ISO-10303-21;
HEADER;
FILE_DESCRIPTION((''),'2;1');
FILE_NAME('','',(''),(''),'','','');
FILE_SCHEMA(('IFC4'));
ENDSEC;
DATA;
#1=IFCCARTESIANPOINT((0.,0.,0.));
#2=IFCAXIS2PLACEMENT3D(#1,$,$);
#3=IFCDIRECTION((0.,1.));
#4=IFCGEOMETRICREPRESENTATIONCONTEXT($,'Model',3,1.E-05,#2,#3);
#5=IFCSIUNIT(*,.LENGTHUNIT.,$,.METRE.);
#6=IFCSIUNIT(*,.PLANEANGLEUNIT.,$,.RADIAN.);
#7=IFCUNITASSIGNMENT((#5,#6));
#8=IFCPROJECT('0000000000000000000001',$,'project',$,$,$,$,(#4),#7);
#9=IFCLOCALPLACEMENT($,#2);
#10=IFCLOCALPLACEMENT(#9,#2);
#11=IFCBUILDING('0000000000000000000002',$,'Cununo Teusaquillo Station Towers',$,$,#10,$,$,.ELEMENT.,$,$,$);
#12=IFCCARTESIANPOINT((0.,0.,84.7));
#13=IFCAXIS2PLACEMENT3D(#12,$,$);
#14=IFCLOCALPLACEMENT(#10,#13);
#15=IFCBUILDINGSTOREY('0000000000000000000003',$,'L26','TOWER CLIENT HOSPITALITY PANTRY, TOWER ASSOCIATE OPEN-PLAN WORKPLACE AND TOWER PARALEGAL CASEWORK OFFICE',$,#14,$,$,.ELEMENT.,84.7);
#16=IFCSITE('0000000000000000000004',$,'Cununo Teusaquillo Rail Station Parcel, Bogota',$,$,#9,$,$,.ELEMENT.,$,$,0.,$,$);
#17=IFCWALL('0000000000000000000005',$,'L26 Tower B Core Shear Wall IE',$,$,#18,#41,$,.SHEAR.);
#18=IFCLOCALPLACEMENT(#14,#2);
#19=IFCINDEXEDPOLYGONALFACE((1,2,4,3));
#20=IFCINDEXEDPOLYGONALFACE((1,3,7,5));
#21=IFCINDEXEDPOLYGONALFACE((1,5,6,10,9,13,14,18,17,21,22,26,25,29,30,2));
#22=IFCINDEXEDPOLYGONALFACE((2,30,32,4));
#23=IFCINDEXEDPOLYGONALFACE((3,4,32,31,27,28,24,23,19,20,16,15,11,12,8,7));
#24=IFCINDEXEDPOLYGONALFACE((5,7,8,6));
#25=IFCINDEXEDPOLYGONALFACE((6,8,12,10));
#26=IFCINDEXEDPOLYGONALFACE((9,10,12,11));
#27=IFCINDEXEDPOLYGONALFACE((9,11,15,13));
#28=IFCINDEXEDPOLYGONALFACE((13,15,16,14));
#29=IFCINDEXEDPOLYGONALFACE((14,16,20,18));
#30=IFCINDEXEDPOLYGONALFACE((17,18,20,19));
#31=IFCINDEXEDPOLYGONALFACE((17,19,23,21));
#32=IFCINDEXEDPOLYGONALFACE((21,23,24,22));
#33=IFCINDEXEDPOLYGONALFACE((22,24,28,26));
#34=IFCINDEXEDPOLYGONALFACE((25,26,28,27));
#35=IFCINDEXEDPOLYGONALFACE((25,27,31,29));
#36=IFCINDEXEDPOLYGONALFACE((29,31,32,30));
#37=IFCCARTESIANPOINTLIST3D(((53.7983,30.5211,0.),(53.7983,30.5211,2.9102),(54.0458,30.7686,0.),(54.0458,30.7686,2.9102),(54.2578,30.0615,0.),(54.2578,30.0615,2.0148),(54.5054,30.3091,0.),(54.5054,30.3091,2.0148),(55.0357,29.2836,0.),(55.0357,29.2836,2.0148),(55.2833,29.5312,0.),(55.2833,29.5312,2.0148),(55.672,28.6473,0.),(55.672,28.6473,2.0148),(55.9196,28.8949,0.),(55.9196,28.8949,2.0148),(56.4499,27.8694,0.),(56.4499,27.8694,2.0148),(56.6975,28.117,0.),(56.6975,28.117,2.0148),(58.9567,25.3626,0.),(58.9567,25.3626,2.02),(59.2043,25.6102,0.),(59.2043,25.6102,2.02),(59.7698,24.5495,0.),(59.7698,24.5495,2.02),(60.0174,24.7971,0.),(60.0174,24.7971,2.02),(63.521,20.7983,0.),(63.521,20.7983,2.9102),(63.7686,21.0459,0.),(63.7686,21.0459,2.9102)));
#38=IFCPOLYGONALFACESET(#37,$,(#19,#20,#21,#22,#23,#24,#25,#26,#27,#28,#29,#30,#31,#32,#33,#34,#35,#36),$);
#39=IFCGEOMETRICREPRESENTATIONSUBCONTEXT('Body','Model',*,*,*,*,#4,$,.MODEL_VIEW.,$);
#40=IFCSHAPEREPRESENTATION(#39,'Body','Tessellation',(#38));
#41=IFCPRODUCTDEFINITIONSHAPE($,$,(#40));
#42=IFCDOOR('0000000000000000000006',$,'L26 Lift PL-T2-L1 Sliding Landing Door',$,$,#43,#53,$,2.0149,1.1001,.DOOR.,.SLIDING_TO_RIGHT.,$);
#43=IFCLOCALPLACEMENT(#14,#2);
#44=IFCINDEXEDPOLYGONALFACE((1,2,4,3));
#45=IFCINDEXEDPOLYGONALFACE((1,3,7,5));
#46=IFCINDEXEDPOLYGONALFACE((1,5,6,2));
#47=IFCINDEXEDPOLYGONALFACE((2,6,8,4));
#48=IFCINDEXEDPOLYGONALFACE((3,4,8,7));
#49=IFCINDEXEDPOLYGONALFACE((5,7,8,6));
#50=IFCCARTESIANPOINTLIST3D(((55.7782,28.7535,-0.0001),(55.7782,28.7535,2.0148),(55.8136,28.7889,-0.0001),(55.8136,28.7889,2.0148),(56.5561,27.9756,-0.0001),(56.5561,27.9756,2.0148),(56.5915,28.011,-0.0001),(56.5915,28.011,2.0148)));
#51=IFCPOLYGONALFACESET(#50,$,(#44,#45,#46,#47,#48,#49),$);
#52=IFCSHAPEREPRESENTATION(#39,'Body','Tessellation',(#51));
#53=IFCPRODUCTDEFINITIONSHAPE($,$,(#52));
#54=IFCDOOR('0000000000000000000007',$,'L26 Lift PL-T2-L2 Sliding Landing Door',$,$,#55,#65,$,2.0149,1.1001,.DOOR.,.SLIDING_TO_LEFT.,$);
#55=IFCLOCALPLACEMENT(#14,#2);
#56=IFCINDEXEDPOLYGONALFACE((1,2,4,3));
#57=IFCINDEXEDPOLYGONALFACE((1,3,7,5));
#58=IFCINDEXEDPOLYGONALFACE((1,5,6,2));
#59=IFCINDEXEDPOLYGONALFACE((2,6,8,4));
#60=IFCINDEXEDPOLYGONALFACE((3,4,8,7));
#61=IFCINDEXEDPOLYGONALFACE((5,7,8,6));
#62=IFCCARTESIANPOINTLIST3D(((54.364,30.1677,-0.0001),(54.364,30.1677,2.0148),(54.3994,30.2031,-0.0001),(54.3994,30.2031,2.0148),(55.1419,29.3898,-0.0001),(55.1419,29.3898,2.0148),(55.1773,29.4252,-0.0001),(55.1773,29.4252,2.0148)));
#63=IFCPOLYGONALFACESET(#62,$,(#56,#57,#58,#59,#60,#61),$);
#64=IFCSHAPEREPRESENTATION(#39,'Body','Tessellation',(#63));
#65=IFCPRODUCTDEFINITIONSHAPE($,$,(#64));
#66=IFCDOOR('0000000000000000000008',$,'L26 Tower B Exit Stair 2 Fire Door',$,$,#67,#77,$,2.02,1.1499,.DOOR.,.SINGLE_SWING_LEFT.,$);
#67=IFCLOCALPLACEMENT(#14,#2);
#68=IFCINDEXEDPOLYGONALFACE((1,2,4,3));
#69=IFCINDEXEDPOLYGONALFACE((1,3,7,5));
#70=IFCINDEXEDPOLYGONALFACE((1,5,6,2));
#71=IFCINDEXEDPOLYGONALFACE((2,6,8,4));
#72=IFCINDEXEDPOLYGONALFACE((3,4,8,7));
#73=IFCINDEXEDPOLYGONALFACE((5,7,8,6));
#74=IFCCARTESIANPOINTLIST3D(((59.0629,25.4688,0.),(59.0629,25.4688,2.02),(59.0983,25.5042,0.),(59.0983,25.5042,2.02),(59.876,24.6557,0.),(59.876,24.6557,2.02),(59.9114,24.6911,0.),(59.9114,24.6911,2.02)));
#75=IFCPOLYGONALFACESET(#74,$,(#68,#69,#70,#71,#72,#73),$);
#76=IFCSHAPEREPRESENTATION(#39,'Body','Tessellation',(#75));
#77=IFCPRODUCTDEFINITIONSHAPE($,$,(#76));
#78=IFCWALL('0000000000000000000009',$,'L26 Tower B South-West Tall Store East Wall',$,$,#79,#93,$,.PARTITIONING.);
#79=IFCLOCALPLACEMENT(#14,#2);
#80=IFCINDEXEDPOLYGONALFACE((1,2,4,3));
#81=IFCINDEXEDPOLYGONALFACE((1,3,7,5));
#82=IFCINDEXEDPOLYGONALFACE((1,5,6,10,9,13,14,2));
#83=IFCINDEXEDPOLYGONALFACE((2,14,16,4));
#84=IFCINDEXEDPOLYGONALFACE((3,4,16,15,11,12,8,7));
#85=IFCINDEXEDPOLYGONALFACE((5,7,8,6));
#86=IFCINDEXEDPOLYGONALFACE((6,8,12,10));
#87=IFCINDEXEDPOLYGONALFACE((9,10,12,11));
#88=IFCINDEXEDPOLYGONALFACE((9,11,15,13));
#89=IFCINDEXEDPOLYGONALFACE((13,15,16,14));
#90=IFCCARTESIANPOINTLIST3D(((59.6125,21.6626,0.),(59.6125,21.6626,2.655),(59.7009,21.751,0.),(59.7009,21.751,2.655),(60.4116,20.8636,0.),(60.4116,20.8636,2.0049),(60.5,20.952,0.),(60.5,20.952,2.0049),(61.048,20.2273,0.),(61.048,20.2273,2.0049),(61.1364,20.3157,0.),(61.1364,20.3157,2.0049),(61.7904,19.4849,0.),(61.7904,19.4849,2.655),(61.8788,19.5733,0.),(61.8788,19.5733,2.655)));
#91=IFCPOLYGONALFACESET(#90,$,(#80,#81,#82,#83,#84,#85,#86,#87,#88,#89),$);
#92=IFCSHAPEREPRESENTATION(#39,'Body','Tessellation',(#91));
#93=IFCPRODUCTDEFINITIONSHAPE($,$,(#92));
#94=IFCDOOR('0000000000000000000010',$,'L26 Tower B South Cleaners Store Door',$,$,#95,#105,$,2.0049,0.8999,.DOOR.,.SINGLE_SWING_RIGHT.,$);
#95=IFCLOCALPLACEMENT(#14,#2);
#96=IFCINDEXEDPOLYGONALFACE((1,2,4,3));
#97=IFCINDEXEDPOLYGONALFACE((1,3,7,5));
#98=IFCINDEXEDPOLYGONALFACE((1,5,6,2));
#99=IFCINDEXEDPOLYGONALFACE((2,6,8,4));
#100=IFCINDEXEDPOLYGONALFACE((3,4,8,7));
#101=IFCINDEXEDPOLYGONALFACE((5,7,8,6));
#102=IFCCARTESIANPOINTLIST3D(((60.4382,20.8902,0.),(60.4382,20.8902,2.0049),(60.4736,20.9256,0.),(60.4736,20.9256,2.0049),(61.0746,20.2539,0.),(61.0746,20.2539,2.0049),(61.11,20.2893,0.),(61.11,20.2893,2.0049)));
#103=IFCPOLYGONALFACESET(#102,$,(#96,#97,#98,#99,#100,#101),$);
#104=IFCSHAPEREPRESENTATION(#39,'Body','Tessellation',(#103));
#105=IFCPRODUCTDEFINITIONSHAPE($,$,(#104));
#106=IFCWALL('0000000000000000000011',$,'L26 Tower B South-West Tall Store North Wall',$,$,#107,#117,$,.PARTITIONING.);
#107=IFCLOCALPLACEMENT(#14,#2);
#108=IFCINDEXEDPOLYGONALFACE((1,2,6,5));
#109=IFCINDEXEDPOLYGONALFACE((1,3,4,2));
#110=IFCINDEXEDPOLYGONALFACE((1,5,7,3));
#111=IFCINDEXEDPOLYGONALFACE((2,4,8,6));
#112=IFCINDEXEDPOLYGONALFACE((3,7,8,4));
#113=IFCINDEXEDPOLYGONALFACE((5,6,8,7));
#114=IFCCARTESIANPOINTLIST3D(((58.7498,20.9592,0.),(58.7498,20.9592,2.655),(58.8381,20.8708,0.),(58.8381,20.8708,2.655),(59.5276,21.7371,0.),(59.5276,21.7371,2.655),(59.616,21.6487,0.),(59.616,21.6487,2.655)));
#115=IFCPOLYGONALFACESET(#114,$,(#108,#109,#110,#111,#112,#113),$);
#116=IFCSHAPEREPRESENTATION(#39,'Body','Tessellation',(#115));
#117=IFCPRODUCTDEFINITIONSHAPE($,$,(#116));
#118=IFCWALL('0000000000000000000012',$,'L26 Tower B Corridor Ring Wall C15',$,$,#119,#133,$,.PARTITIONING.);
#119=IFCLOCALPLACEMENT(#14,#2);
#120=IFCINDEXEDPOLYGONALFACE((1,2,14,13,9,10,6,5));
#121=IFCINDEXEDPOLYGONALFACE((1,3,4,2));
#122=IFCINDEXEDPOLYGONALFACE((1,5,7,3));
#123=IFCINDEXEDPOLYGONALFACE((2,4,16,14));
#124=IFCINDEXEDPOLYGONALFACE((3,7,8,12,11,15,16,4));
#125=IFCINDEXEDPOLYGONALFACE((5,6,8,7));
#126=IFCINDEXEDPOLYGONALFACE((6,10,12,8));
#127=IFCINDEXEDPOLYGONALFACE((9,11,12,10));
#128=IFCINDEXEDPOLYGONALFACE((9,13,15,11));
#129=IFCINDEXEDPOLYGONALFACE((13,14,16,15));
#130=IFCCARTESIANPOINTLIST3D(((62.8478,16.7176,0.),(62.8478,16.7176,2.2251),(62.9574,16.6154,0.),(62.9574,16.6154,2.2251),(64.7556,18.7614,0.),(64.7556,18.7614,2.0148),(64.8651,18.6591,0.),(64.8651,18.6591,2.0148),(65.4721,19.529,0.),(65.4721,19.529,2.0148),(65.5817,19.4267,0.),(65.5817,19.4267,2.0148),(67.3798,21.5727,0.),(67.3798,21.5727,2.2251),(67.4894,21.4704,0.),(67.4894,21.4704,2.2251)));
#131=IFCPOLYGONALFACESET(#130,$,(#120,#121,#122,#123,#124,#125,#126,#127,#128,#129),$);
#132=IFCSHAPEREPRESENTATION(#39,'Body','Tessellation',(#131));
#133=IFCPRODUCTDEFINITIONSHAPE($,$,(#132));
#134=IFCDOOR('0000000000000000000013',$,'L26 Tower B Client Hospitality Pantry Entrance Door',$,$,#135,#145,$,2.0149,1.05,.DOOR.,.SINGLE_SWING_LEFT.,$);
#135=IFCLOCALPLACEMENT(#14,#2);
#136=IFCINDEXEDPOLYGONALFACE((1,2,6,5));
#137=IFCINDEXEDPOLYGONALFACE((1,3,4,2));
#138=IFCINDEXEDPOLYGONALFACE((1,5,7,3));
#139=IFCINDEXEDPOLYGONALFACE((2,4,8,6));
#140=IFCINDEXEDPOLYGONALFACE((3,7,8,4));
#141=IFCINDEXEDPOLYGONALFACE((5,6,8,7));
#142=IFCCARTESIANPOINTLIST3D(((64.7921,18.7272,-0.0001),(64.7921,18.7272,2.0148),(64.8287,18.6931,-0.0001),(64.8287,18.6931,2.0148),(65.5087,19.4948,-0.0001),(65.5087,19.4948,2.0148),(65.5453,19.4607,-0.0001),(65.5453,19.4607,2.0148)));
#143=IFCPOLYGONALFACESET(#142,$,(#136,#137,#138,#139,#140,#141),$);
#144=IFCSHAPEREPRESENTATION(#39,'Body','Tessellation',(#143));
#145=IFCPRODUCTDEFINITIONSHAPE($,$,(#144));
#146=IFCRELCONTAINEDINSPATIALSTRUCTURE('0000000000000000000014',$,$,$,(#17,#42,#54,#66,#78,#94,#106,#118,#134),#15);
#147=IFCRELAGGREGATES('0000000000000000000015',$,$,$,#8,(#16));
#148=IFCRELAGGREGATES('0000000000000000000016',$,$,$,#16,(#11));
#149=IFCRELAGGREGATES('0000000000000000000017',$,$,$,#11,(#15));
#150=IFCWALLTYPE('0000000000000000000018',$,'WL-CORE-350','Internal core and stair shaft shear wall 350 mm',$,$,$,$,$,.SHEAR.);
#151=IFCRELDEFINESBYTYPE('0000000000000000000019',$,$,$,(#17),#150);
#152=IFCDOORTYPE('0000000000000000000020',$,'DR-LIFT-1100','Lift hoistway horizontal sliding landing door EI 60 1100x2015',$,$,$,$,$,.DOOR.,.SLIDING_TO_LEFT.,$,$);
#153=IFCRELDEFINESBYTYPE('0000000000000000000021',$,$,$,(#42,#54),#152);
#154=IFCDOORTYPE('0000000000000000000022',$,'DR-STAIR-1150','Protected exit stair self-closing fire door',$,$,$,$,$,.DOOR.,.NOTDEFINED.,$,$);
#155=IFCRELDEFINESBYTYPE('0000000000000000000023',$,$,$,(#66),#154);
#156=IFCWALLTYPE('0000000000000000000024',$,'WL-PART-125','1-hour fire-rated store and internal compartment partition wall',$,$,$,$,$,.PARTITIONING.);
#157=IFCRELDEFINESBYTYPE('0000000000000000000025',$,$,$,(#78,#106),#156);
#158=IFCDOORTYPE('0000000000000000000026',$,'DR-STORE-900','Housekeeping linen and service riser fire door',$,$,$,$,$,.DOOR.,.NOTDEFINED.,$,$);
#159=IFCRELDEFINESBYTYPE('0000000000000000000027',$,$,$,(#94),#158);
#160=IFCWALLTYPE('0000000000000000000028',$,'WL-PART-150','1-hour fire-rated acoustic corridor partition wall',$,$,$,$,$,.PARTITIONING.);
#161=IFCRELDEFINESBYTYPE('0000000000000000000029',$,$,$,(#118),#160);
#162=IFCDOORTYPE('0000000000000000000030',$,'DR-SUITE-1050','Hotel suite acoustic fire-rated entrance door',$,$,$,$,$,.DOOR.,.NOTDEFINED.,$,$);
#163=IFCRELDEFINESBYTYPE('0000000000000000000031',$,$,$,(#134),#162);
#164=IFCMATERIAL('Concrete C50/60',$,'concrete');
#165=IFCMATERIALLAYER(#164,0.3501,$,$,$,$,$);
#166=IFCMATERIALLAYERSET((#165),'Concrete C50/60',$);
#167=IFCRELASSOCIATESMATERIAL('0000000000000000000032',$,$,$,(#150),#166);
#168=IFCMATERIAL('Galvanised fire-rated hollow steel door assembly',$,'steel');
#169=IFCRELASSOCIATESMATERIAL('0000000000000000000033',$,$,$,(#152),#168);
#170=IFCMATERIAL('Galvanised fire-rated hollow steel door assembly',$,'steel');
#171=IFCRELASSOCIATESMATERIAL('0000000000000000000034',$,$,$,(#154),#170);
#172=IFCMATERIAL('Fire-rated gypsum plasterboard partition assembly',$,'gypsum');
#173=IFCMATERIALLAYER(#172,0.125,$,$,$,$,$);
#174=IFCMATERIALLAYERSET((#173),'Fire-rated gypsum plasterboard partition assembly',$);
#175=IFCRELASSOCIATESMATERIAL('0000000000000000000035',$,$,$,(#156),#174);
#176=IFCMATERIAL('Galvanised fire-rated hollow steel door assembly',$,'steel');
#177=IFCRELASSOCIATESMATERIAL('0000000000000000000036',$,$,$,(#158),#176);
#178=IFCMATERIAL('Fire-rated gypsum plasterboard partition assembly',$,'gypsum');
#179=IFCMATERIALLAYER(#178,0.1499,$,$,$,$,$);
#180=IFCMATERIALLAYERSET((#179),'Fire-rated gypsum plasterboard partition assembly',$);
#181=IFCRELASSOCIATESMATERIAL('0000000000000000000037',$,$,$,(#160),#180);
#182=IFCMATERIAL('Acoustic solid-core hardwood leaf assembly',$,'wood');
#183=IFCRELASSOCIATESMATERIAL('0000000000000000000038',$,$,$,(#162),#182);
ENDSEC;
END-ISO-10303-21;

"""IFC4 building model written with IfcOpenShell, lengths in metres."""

from ifc_helpers import new_model, si_unit, direction, frame, frame_2d, origin, place, context, subcontext, project, spatial, rectangle, extrude, source, transform, mapped, material, layer, layer_set, type_object, element, fill, save


model = new_model("IFC4")

# Units and contexts
model_context = context("Model", 3, precision=1e-05, world=origin(), true_north=direction((0.0, 1.0)))
body_context = subcontext(model_context, "Body", "Model", "MODEL_VIEW")
ifc_project = project(units=[si_unit("LENGTHUNIT", "METRE"), si_unit("PLANEANGLEUNIT", "RADIAN")], contexts=[model_context])

# Site, building, storey
site_placement = place(None, origin())
site = spatial("IfcSite", under=ifc_project, at=site_placement, Name="Cununo Teusaquillo Rail Station Parcel, Bogota", CompositionType="ELEMENT", RefElevation=0.0)
building_placement = place(site_placement, origin())
building = spatial("IfcBuilding", under=site, at=building_placement, Name="Cununo Teusaquillo Station Towers", CompositionType="ELEMENT")
storey_placement = place(building_placement, frame((0.0, 0.0, 84.7)))
storey = spatial("IfcBuildingStorey", under=building, at=storey_placement, Name="L26", Description="TOWER CLIENT HOSPITALITY PANTRY, TOWER ASSOCIATE OPEN-PLAN WORKPLACE AND TOWER PARALEGAL CASEWORK OFFICE", CompositionType="ELEMENT", Elevation=84.7)

# Wall, openings, doors
ifc_material_1 = material(Name="Concrete C50/60", Category="concrete")
ifc_layer_1 = layer(ifc_material_1, 0.3501)
ifc_layer_set_1 = layer_set([ifc_layer_1], Name="Concrete C50/60")
wall_type_1 = type_object("IfcWallType", Name="WL-CORE-350", Description="Internal core and stair shaft shear wall 350 mm", PredefinedType="SHEAR", material=ifc_layer_set_1)
shared_shape_1 = source(origin(), body_context, "Body", "SweptSolid", [
    extrude(rectangle(XDim=1.1001, YDim=2.0149, at=frame_2d((0.55, 1.0073))), frame((0.0, 0.1851, 0.0), z_axis=(0.0, -1.0, 0.0), x_axis=(1.0, 0.0, 0.0)), (0.0, 0.0, 1.0), 0.3701),
])
shared_shape_2 = source(origin(), body_context, "Body", "SweptSolid", [
    extrude(rectangle(XDim=1.1499, YDim=2.02, at=frame_2d((0.575, 1.01))), frame((0.0, 0.1851, 0.0), z_axis=(0.0, -1.0, 0.0), x_axis=(1.0, 0.0, 0.0)), (0.0, 0.0, 1.0), 0.3701),
])
ifc_material_2 = material(Name="Galvanised fire-rated hollow steel door assembly", Category="steel")
door_type_1 = type_object("IfcDoorType", Name="DR-LIFT-1100", Description="Lift hoistway horizontal sliding landing door EI 60 1100x2015", OperationType="SLIDING_TO_LEFT", PredefinedType="DOOR", material=ifc_material_2)
shared_shape_3 = source(origin(), body_context, "Body", "SweptSolid", [
    extrude(rectangle(XDim=1.1001, YDim=2.0149, at=frame_2d((0.55, 1.0073))), frame((0.0, 0.0249, 0.0), z_axis=(0.0, -1.0, 0.0), x_axis=(1.0, 0.0, 0.0)), (0.0, 0.0, 1.0), 0.05),
])
ifc_material_3 = material(Name="Galvanised fire-rated hollow steel door assembly", Category="steel")
door_type_2 = type_object("IfcDoorType", Name="DR-STAIR-1150", Description="Protected exit stair self-closing fire door", OperationType="NOTDEFINED", PredefinedType="DOOR", material=ifc_material_3)
shared_shape_4 = source(origin(), body_context, "Body", "SweptSolid", [
    extrude(rectangle(XDim=1.1499, YDim=2.02, at=frame_2d((0.575, 1.01))), frame((0.0, 0.0249, 0.0), z_axis=(0.0, -1.0, 0.0), x_axis=(1.0, 0.0, 0.0)), (0.0, 0.0, 1.0), 0.05),
])
wall_1_placement = place(storey_placement, frame((63.6448, 20.9221, 0.0), z_axis=(0.0, 0.0, 1.0), x_axis=(-0.707107, 0.707107, 0.0)))
wall_1 = element("IfcWall", 1, at=wall_1_placement, inside=storey, type_object=wall_type_1, Name="L26 Tower B Core Shear Wall IE", PredefinedType="SHEAR", context=body_context, shape_type="SweptSolid", body=[
    extrude(rectangle(XDim=13.75, YDim=0.3501, at=frame_2d((6.875, 0.0))), origin(), (0.0, 0.0, 1.0), 2.9102),
])
opening_1_placement = place(wall_1_placement, frame((10.0, 0.0, 0.0)))
opening_1 = element("IfcOpeningElement", 2, at=opening_1_placement, cuts=wall_1, PredefinedType="OPENING", context=body_context, shape_type="MappedRepresentation", body=[
    mapped(shared_shape_1, transform((0.0, 0.0, 0.0), x_axis=(1.0, 0.0, 0.0), y_axis=(0.0, 1.0, 0.0), z_axis=(0.0, 0.0, 1.0), scale=1.0)),
])
opening_2_placement = place(wall_1_placement, frame((12.0, 0.0, 0.0)))
opening_2 = element("IfcOpeningElement", 3, at=opening_2_placement, cuts=wall_1, PredefinedType="OPENING", context=body_context, shape_type="MappedRepresentation", body=[
    mapped(shared_shape_1, transform((0.0, 0.0, 0.0), x_axis=(1.0, 0.0, 0.0), y_axis=(0.0, 1.0, 0.0), z_axis=(0.0, 0.0, 1.0), scale=1.0)),
])
opening_3_placement = place(wall_1_placement, frame((5.3049, 0.0, 0.0)))
opening_3 = element("IfcOpeningElement", 4, at=opening_3_placement, cuts=wall_1, PredefinedType="OPENING", context=body_context, shape_type="MappedRepresentation", body=[
    mapped(shared_shape_2, transform((0.0, 0.0, 0.0), x_axis=(1.0, 0.0, 0.0), y_axis=(0.0, 1.0, 0.0), z_axis=(0.0, 0.0, 1.0), scale=1.0)),
])
door_1_placement = place(opening_1_placement, origin())
door_1 = element("IfcDoor", 5, at=door_1_placement, inside=storey, type_object=door_type_1, Name="L26 Lift PL-T2-L1 Sliding Landing Door", OperationType="SLIDING_TO_RIGHT", OverallHeight=2.0149, OverallWidth=1.1001, PredefinedType="DOOR", context=body_context, shape_type="MappedRepresentation", body=[
    mapped(shared_shape_3, transform((0.0, 0.0, 0.0), x_axis=(1.0, 0.0, 0.0), y_axis=(0.0, 1.0, 0.0), z_axis=(0.0, 0.0, 1.0), scale=1.0)),
])
fill(opening_1, door_1)
door_2_placement = place(opening_2_placement, origin())
door_2 = element("IfcDoor", 6, at=door_2_placement, inside=storey, type_object=door_type_1, Name="L26 Lift PL-T2-L2 Sliding Landing Door", OperationType="SLIDING_TO_LEFT", OverallHeight=2.0149, OverallWidth=1.1001, PredefinedType="DOOR", context=body_context, shape_type="MappedRepresentation", body=[
    mapped(shared_shape_3, transform((0.0, 0.0, 0.0), x_axis=(1.0, 0.0, 0.0), y_axis=(0.0, 1.0, 0.0), z_axis=(0.0, 0.0, 1.0), scale=1.0)),
])
fill(opening_2, door_2)
door_3_placement = place(opening_3_placement, origin())
door_3 = element("IfcDoor", 7, at=door_3_placement, inside=storey, type_object=door_type_2, Name="L26 Tower B Exit Stair 2 Fire Door", OperationType="SINGLE_SWING_LEFT", OverallHeight=2.02, OverallWidth=1.1499, PredefinedType="DOOR", context=body_context, shape_type="MappedRepresentation", body=[
    mapped(shared_shape_4, transform((0.0, 0.0, 0.0), x_axis=(1.0, 0.0, 0.0), y_axis=(0.0, 1.0, 0.0), z_axis=(0.0, 0.0, 1.0), scale=1.0)),
])
fill(opening_3, door_3)

# Wall, opening, door
ifc_material_4 = material(Name="Fire-rated gypsum plasterboard partition assembly", Category="gypsum")
ifc_layer_2 = layer(ifc_material_4, 0.125)
ifc_layer_set_2 = layer_set([ifc_layer_2], Name="Fire-rated gypsum plasterboard partition assembly")
wall_type_2 = type_object("IfcWallType", Name="WL-PART-125", Description="1-hour fire-rated store and internal compartment partition wall", PredefinedType="PARTITIONING", material=ifc_layer_set_2)
wall_2_placement = place(storey_placement, frame((61.8347, 19.5291, 0.0), z_axis=(0.0, 0.0, 1.0), x_axis=(-0.707146, 0.707067, 0.0)))
wall_2 = element("IfcWall", 8, at=wall_2_placement, inside=storey, type_object=wall_type_2, Name="L26 Tower B South-West Tall Store East Wall", PredefinedType="PARTITIONING", context=body_context, shape_type="SweptSolid", body=[
    extrude(rectangle(XDim=3.0798, YDim=0.125, at=frame_2d((1.54, 0.0))), origin(), (0.0, 0.0, 1.0), 2.655),
])
shared_shape_5 = source(origin(), body_context, "Body", "SweptSolid", [
    extrude(rectangle(XDim=0.8999, YDim=2.0049, at=frame_2d((0.45, 1.0024))), frame((0.0, 0.0725, 0.0), z_axis=(0.0, -1.0, 0.0), x_axis=(1.0, 0.0, 0.0)), (0.0, 0.0, 1.0), 0.145),
])
opening_4_placement = place(wall_2_placement, frame((1.05, 0.0, 0.0)))
opening_4 = element("IfcOpeningElement", 9, at=opening_4_placement, cuts=wall_2, PredefinedType="OPENING", context=body_context, shape_type="MappedRepresentation", body=[
    mapped(shared_shape_5, transform((0.0, 0.0, 0.0), x_axis=(1.0, 0.0, 0.0), y_axis=(0.0, 1.0, 0.0), z_axis=(0.0, 0.0, 1.0), scale=1.0)),
])
ifc_material_5 = material(Name="Galvanised fire-rated hollow steel door assembly", Category="steel")
door_type_3 = type_object("IfcDoorType", Name="DR-STORE-900", Description="Housekeeping linen and service riser fire door", OperationType="NOTDEFINED", PredefinedType="DOOR", material=ifc_material_5)
shared_shape_6 = source(origin(), body_context, "Body", "SweptSolid", [
    extrude(rectangle(XDim=0.8999, YDim=2.0049, at=frame_2d((0.45, 1.0024))), frame((0.0, 0.0249, 0.0), z_axis=(0.0, -1.0, 0.0), x_axis=(1.0, 0.0, 0.0)), (0.0, 0.0, 1.0), 0.05),
])
door_4_placement = place(opening_4_placement, origin())
door_4 = element("IfcDoor", 10, at=door_4_placement, inside=storey, type_object=door_type_3, Name="L26 Tower B South Cleaners Store Door", OperationType="SINGLE_SWING_RIGHT", OverallHeight=2.0049, OverallWidth=0.8999, PredefinedType="DOOR", context=body_context, shape_type="MappedRepresentation", body=[
    mapped(shared_shape_6, transform((0.0, 0.0, 0.0), x_axis=(1.0, 0.0, 0.0), y_axis=(0.0, 1.0, 0.0), z_axis=(0.0, 0.0, 1.0), scale=1.0)),
])
fill(opening_4, door_4)

# Wall
wall_3_placement = place(storey_placement, frame((58.7939, 20.915, 0.0), z_axis=(0.0, 0.0, 1.0), x_axis=(0.707107, 0.707107, 0.0)))
element("IfcWall", 11, at=wall_3_placement, inside=storey, type_object=wall_type_2, Name="L26 Tower B South-West Tall Store North Wall", PredefinedType="PARTITIONING", context=body_context, shape_type="SweptSolid", body=[
    extrude(rectangle(XDim=1.1001, YDim=0.125, at=frame_2d((0.55, 0.0))), origin(), (0.0, 0.0, 1.0), 2.655),
])

# Wall, opening, door
ifc_material_6 = material(Name="Fire-rated gypsum plasterboard partition assembly", Category="gypsum")
ifc_layer_3 = layer(ifc_material_6, 0.1499)
ifc_layer_set_3 = layer_set([ifc_layer_3], Name="Fire-rated gypsum plasterboard partition assembly")
wall_type_3 = type_object("IfcWallType", Name="WL-PART-150", Description="1-hour fire-rated acoustic corridor partition wall", PredefinedType="PARTITIONING", material=ifc_layer_set_3)
wall_4_placement = place(storey_placement, frame((62.9026, 16.6665, 0.0), z_axis=(0.0, 0.0, 1.0), x_axis=(0.682372, 0.731005, 0.0)))
wall_4 = element("IfcWall", 12, at=wall_4_placement, inside=storey, type_object=wall_type_3, Name="L26 Tower B Corridor Ring Wall C15", PredefinedType="PARTITIONING", context=body_context, shape_type="SweptSolid", body=[
    extrude(rectangle(XDim=6.6416, YDim=0.1499, at=frame_2d((3.3208, 0.0))), origin(), (0.0, 0.0, 1.0), 2.2251),
])
shared_shape_7 = source(origin(), body_context, "Body", "SweptSolid", [
    extrude(rectangle(XDim=1.05, YDim=2.0149, at=frame_2d((0.5249, 1.0073))), frame((0.0, 0.085, 0.0), z_axis=(0.0, -1.0, 0.0), x_axis=(1.0, 0.0, 0.0)), (0.0, 0.0, 1.0), 0.1699),
])
opening_5_placement = place(wall_4_placement, frame((2.7959, 0.0, 0.0)))
opening_5 = element("IfcOpeningElement", 13, at=opening_5_placement, cuts=wall_4, PredefinedType="OPENING", context=body_context, shape_type="MappedRepresentation", body=[
    mapped(shared_shape_7, transform((0.0, 0.0, 0.0), x_axis=(1.0, 0.0, 0.0), y_axis=(0.0, 1.0, 0.0), z_axis=(0.0, 0.0, 1.0), scale=1.0)),
])
ifc_material_7 = material(Name="Acoustic solid-core hardwood leaf assembly", Category="wood")
door_type_4 = type_object("IfcDoorType", Name="DR-SUITE-1050", Description="Hotel suite acoustic fire-rated entrance door", OperationType="NOTDEFINED", PredefinedType="DOOR", material=ifc_material_7)
shared_shape_8 = source(origin(), body_context, "Body", "SweptSolid", [
    extrude(rectangle(XDim=1.05, YDim=2.0149, at=frame_2d((0.5249, 1.0073))), frame((0.0, 0.0249, 0.0), z_axis=(0.0, -1.0, 0.0), x_axis=(1.0, 0.0, 0.0)), (0.0, 0.0, 1.0), 0.05),
])
door_5_placement = place(opening_5_placement, origin())
door_5 = element("IfcDoor", 14, at=door_5_placement, inside=storey, type_object=door_type_4, Name="L26 Tower B Client Hospitality Pantry Entrance Door", OperationType="SINGLE_SWING_LEFT", OverallHeight=2.0149, OverallWidth=1.05, PredefinedType="DOOR", context=body_context, shape_type="MappedRepresentation", body=[
    mapped(shared_shape_8, transform((0.0, 0.0, 0.0), x_axis=(1.0, 0.0, 0.0), y_axis=(0.0, 1.0, 0.0), z_axis=(0.0, 0.0, 1.0), scale=1.0)),
])
fill(opening_5, door_5)

save(model, "model.ifc")
